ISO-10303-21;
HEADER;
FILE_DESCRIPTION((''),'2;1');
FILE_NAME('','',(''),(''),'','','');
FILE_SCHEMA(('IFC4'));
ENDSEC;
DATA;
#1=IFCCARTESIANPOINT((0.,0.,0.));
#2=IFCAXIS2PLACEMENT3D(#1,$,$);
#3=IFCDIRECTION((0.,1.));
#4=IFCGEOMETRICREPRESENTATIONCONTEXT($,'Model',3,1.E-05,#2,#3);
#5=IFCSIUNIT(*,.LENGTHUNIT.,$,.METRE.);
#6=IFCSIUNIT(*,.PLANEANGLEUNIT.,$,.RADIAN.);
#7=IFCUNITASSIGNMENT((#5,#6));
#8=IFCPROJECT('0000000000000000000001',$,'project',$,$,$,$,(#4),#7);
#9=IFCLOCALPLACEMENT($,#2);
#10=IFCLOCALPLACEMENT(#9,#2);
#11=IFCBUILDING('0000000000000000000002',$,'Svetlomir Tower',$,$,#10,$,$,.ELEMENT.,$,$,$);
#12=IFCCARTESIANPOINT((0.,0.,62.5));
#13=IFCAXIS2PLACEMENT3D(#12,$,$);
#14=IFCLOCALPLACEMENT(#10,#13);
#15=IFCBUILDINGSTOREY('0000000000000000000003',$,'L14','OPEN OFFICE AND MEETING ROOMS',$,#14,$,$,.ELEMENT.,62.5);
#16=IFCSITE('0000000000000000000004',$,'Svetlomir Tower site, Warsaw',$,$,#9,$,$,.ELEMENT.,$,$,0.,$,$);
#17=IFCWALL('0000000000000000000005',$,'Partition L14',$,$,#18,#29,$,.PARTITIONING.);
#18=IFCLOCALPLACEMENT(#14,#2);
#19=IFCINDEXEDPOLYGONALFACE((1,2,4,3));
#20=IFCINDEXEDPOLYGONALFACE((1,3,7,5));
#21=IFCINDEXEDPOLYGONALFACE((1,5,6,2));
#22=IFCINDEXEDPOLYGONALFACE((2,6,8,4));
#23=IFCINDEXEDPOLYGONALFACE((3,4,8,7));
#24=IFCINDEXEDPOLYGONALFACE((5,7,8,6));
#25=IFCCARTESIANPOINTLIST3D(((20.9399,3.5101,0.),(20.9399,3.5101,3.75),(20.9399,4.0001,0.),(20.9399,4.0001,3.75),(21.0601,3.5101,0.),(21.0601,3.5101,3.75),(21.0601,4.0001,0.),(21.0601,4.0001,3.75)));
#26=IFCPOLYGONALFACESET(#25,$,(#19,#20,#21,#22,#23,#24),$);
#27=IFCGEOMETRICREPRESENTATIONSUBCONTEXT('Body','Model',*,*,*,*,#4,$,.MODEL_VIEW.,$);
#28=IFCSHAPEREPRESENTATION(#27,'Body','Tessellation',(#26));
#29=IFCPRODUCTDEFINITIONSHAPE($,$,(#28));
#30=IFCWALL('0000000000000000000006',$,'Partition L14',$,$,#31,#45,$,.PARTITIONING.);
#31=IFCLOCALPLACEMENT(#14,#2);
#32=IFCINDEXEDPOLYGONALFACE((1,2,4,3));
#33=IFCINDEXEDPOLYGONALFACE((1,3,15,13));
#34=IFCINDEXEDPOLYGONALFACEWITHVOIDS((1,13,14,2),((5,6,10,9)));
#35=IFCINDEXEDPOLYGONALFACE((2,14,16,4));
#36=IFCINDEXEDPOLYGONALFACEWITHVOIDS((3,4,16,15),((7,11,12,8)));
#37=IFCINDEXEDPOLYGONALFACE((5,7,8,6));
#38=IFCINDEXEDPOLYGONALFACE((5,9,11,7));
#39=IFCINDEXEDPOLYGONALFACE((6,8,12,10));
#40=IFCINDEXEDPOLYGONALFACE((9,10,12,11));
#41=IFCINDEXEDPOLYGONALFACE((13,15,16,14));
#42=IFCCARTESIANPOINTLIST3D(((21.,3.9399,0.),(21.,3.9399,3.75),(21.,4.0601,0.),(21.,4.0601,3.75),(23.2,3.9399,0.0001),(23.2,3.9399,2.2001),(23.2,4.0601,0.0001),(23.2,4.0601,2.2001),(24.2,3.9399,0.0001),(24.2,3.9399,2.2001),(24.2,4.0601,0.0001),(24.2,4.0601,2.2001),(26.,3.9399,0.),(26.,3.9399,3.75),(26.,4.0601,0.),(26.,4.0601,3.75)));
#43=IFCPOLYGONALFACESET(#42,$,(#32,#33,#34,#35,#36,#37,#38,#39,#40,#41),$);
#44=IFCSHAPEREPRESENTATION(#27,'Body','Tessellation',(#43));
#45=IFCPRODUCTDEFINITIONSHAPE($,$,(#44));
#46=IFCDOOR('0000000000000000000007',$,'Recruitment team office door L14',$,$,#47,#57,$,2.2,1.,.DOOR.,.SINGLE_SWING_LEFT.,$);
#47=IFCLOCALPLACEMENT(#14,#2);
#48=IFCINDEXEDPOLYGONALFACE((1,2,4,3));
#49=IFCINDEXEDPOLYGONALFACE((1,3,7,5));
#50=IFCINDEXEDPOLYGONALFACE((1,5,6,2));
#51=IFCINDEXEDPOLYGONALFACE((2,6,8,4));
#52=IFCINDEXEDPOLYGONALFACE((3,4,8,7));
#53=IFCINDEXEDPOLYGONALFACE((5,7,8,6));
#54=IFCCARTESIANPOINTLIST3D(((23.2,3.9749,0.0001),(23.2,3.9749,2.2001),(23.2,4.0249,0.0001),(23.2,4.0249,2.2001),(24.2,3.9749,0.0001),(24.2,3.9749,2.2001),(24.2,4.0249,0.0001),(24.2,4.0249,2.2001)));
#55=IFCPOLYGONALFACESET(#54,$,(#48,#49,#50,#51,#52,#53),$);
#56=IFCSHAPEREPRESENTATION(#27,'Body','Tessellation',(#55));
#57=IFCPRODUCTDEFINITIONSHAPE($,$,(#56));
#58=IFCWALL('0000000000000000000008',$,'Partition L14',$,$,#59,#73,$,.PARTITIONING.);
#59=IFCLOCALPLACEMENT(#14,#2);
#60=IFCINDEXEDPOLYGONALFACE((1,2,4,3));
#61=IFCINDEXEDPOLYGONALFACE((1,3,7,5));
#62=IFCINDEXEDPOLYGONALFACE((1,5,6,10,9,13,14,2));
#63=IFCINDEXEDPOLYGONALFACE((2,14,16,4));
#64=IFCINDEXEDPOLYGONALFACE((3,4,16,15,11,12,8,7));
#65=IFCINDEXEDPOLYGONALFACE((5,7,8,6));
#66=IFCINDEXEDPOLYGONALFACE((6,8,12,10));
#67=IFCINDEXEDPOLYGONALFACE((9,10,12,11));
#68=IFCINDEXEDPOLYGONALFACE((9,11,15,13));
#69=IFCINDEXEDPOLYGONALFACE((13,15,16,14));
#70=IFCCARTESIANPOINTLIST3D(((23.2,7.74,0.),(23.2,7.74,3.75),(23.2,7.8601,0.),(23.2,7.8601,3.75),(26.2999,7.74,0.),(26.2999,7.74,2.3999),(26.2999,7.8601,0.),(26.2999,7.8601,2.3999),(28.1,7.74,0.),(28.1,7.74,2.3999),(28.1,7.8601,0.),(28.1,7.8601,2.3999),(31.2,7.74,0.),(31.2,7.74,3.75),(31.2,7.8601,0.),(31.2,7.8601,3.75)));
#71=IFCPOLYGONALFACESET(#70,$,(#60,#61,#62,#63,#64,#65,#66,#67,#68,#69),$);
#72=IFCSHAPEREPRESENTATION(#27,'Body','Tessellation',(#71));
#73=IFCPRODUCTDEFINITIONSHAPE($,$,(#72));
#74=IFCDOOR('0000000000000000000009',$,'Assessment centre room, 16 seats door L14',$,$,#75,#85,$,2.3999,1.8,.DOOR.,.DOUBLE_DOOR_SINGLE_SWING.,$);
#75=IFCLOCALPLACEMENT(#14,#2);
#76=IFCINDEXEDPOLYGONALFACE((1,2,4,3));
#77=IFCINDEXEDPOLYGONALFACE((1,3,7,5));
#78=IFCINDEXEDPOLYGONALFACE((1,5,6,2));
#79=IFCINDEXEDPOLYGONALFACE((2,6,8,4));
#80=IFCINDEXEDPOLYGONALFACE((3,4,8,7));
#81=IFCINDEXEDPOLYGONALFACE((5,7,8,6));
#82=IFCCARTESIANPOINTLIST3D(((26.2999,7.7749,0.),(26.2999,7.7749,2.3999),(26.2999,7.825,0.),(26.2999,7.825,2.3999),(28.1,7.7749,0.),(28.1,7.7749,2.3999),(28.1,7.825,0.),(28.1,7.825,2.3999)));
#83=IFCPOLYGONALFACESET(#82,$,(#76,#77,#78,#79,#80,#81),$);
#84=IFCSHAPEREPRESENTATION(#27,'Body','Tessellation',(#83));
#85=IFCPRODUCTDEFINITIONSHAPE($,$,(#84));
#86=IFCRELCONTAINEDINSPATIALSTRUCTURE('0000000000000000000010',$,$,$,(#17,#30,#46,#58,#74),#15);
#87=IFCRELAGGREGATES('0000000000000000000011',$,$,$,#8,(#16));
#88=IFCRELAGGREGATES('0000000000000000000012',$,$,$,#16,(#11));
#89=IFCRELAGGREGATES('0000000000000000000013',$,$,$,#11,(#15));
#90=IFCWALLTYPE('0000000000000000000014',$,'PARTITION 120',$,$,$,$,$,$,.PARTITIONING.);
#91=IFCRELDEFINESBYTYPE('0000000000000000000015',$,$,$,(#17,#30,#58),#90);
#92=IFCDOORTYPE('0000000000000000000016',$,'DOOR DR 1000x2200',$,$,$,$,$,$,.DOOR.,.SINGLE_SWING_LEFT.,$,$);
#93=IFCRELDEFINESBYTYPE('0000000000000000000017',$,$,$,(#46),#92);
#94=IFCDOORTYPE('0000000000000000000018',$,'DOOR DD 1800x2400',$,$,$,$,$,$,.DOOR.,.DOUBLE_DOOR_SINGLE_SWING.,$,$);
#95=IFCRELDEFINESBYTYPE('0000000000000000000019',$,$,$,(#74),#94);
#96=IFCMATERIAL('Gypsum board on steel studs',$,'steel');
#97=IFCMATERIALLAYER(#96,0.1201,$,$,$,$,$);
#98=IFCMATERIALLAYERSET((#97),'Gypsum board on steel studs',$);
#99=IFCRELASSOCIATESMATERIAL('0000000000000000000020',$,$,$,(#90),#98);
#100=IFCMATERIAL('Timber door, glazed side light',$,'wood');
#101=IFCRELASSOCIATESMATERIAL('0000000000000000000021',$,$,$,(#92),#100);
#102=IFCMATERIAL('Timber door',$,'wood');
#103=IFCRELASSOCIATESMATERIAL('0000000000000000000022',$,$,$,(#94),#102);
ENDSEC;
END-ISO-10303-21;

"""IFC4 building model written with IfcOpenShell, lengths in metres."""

from ifc_helpers import new_model, si_unit, direction, frame, frame_2d, origin, place, context, subcontext, project, spatial, rectangle, extrude, material, layer, layer_set, type_object, element, fill, save


model = new_model("IFC4")

# Units and contexts
model_context = context("Model", 3, precision=1e-05, world=origin(), true_north=direction((0.0, 1.0)))
body_context = subcontext(model_context, "Body", "Model", "MODEL_VIEW")
ifc_project = project(units=[si_unit("LENGTHUNIT", "METRE"), si_unit("PLANEANGLEUNIT", "RADIAN")], contexts=[model_context])

# Site, building, storey
site_placement = place(None, origin())
site = spatial("IfcSite", under=ifc_project, at=site_placement, Name="Svetlomir Tower site, Warsaw", CompositionType="ELEMENT", RefElevation=0.0)
building_placement = place(site_placement, origin())
building = spatial("IfcBuilding", under=site, at=building_placement, Name="Svetlomir Tower", CompositionType="ELEMENT")
storey_placement = place(building_placement, frame((0.0, 0.0, 62.5)))
storey = spatial("IfcBuildingStorey", under=building, at=storey_placement, Name="L14", Description="OPEN OFFICE AND MEETING ROOMS", CompositionType="ELEMENT", Elevation=62.5)

# Shared definitions
ifc_material_1 = material(Name="Gypsum board on steel studs", Category="steel")
ifc_layer_1 = layer(ifc_material_1, 0.1201)
ifc_layer_set_1 = layer_set([ifc_layer_1], Name="Gypsum board on steel studs")
wall_type_1 = type_object("IfcWallType", Name="PARTITION 120", PredefinedType="PARTITIONING", material=ifc_layer_set_1)

# Wall
wall_1_placement = place(storey_placement, frame((21.0, 3.51, 0.0), z_axis=(0.0, 0.0, 1.0), x_axis=(0.0, 1.0, 0.0)))
element("IfcWall", 1, at=wall_1_placement, inside=storey, type_object=wall_type_1, Name="Partition L14", PredefinedType="PARTITIONING", context=body_context, shape_type="SweptSolid", body=[
    extrude(rectangle(XDim=0.49, YDim=0.1201, at=frame_2d((0.2451, 0.0))), origin(), (0.0, 0.0, 1.0), 3.75),
])

# Walls, openings, doors
wall_2_placement = place(storey_placement, frame((21.0, 4.0, 0.0), z_axis=(0.0, 0.0, 1.0), x_axis=(1.0, 0.0, 0.0)))
wall_2 = element("IfcWall", 2, at=wall_2_placement, inside=storey, type_object=wall_type_1, Name="Partition L14", PredefinedType="PARTITIONING", context=body_context, shape_type="SweptSolid", body=[
    extrude(rectangle(XDim=5.0, YDim=0.1201, at=frame_2d((2.5, 0.0))), origin(), (0.0, 0.0, 1.0), 3.75),
])
opening_1_placement = place(wall_2_placement, frame((2.2, 0.0, 0.0)))
opening_1 = element("IfcOpeningElement", 3, at=opening_1_placement, cuts=wall_2, PredefinedType="OPENING", context=body_context, shape_type="SweptSolid", body=[
    extrude(rectangle(XDim=1.0, YDim=2.2, at=frame_2d((0.5, 1.1001))), frame((0.0, 0.0701, 0.0), z_axis=(0.0, -1.0, 0.0), x_axis=(1.0, 0.0, 0.0)), (0.0, 0.0, 1.0), 0.1401),
])
ifc_material_2 = material(Name="Timber door, glazed side light", Category="wood")
door_type_1 = type_object("IfcDoorType", Name="DOOR DR 1000x2200", OperationType="SINGLE_SWING_LEFT", PredefinedType="DOOR", material=ifc_material_2)
door_1_placement = place(opening_1_placement, origin())
door_1 = element("IfcDoor", 4, at=door_1_placement, inside=storey, type_object=door_type_1, Name="Recruitment team office door L14", OperationType="SINGLE_SWING_LEFT", OverallHeight=2.2, OverallWidth=1.0, PredefinedType="DOOR", context=body_context, shape_type="SweptSolid", body=[
    extrude(rectangle(XDim=1.0, YDim=2.2, at=frame_2d((0.5, 1.1001))), frame((0.0, 0.0249, 0.0), z_axis=(0.0, -1.0, 0.0), x_axis=(1.0, 0.0, 0.0)), (0.0, 0.0, 1.0), 0.05),
])
fill(opening_1, door_1)
wall_3_placement = place(storey_placement, frame((23.2, 7.8, 0.0), z_axis=(0.0, 0.0, 1.0), x_axis=(1.0, 0.0, 0.0)))
wall_3 = element("IfcWall", 5, at=wall_3_placement, inside=storey, type_object=wall_type_1, Name="Partition L14", PredefinedType="PARTITIONING", context=body_context, shape_type="SweptSolid", body=[
    extrude(rectangle(XDim=8.0, YDim=0.1201, at=frame_2d((4.0, 0.0))), origin(), (0.0, 0.0, 1.0), 3.75),
])
opening_2_placement = place(wall_3_placement, frame((3.1001, 0.0, 0.0)))
opening_2 = element("IfcOpeningElement", 6, at=opening_2_placement, cuts=wall_3, PredefinedType="OPENING", context=body_context, shape_type="SweptSolid", body=[
    extrude(rectangle(XDim=1.8, YDim=2.3999, at=frame_2d((0.8999, 1.2))), frame((0.0, 0.0701, 0.0), z_axis=(0.0, -1.0, 0.0), x_axis=(1.0, 0.0, 0.0)), (0.0, 0.0, 1.0), 0.1401),
])
ifc_material_3 = material(Name="Timber door", Category="wood")
door_type_2 = type_object("IfcDoorType", Name="DOOR DD 1800x2400", OperationType="DOUBLE_DOOR_SINGLE_SWING", PredefinedType="DOOR", material=ifc_material_3)
door_2_placement = place(opening_2_placement, origin())
door_2 = element("IfcDoor", 7, at=door_2_placement, inside=storey, type_object=door_type_2, Name="Assessment centre room, 16 seats door L14", OperationType="DOUBLE_DOOR_SINGLE_SWING", OverallHeight=2.3999, OverallWidth=1.8, PredefinedType="DOOR", context=body_context, shape_type="SweptSolid", body=[
    extrude(rectangle(XDim=1.8, YDim=2.3999, at=frame_2d((0.8999, 1.2))), frame((0.0, 0.0249, 0.0), z_axis=(0.0, -1.0, 0.0), x_axis=(1.0, 0.0, 0.0)), (0.0, 0.0, 1.0), 0.05),
])
fill(opening_2, door_2)

save(model, "model.ifc")
